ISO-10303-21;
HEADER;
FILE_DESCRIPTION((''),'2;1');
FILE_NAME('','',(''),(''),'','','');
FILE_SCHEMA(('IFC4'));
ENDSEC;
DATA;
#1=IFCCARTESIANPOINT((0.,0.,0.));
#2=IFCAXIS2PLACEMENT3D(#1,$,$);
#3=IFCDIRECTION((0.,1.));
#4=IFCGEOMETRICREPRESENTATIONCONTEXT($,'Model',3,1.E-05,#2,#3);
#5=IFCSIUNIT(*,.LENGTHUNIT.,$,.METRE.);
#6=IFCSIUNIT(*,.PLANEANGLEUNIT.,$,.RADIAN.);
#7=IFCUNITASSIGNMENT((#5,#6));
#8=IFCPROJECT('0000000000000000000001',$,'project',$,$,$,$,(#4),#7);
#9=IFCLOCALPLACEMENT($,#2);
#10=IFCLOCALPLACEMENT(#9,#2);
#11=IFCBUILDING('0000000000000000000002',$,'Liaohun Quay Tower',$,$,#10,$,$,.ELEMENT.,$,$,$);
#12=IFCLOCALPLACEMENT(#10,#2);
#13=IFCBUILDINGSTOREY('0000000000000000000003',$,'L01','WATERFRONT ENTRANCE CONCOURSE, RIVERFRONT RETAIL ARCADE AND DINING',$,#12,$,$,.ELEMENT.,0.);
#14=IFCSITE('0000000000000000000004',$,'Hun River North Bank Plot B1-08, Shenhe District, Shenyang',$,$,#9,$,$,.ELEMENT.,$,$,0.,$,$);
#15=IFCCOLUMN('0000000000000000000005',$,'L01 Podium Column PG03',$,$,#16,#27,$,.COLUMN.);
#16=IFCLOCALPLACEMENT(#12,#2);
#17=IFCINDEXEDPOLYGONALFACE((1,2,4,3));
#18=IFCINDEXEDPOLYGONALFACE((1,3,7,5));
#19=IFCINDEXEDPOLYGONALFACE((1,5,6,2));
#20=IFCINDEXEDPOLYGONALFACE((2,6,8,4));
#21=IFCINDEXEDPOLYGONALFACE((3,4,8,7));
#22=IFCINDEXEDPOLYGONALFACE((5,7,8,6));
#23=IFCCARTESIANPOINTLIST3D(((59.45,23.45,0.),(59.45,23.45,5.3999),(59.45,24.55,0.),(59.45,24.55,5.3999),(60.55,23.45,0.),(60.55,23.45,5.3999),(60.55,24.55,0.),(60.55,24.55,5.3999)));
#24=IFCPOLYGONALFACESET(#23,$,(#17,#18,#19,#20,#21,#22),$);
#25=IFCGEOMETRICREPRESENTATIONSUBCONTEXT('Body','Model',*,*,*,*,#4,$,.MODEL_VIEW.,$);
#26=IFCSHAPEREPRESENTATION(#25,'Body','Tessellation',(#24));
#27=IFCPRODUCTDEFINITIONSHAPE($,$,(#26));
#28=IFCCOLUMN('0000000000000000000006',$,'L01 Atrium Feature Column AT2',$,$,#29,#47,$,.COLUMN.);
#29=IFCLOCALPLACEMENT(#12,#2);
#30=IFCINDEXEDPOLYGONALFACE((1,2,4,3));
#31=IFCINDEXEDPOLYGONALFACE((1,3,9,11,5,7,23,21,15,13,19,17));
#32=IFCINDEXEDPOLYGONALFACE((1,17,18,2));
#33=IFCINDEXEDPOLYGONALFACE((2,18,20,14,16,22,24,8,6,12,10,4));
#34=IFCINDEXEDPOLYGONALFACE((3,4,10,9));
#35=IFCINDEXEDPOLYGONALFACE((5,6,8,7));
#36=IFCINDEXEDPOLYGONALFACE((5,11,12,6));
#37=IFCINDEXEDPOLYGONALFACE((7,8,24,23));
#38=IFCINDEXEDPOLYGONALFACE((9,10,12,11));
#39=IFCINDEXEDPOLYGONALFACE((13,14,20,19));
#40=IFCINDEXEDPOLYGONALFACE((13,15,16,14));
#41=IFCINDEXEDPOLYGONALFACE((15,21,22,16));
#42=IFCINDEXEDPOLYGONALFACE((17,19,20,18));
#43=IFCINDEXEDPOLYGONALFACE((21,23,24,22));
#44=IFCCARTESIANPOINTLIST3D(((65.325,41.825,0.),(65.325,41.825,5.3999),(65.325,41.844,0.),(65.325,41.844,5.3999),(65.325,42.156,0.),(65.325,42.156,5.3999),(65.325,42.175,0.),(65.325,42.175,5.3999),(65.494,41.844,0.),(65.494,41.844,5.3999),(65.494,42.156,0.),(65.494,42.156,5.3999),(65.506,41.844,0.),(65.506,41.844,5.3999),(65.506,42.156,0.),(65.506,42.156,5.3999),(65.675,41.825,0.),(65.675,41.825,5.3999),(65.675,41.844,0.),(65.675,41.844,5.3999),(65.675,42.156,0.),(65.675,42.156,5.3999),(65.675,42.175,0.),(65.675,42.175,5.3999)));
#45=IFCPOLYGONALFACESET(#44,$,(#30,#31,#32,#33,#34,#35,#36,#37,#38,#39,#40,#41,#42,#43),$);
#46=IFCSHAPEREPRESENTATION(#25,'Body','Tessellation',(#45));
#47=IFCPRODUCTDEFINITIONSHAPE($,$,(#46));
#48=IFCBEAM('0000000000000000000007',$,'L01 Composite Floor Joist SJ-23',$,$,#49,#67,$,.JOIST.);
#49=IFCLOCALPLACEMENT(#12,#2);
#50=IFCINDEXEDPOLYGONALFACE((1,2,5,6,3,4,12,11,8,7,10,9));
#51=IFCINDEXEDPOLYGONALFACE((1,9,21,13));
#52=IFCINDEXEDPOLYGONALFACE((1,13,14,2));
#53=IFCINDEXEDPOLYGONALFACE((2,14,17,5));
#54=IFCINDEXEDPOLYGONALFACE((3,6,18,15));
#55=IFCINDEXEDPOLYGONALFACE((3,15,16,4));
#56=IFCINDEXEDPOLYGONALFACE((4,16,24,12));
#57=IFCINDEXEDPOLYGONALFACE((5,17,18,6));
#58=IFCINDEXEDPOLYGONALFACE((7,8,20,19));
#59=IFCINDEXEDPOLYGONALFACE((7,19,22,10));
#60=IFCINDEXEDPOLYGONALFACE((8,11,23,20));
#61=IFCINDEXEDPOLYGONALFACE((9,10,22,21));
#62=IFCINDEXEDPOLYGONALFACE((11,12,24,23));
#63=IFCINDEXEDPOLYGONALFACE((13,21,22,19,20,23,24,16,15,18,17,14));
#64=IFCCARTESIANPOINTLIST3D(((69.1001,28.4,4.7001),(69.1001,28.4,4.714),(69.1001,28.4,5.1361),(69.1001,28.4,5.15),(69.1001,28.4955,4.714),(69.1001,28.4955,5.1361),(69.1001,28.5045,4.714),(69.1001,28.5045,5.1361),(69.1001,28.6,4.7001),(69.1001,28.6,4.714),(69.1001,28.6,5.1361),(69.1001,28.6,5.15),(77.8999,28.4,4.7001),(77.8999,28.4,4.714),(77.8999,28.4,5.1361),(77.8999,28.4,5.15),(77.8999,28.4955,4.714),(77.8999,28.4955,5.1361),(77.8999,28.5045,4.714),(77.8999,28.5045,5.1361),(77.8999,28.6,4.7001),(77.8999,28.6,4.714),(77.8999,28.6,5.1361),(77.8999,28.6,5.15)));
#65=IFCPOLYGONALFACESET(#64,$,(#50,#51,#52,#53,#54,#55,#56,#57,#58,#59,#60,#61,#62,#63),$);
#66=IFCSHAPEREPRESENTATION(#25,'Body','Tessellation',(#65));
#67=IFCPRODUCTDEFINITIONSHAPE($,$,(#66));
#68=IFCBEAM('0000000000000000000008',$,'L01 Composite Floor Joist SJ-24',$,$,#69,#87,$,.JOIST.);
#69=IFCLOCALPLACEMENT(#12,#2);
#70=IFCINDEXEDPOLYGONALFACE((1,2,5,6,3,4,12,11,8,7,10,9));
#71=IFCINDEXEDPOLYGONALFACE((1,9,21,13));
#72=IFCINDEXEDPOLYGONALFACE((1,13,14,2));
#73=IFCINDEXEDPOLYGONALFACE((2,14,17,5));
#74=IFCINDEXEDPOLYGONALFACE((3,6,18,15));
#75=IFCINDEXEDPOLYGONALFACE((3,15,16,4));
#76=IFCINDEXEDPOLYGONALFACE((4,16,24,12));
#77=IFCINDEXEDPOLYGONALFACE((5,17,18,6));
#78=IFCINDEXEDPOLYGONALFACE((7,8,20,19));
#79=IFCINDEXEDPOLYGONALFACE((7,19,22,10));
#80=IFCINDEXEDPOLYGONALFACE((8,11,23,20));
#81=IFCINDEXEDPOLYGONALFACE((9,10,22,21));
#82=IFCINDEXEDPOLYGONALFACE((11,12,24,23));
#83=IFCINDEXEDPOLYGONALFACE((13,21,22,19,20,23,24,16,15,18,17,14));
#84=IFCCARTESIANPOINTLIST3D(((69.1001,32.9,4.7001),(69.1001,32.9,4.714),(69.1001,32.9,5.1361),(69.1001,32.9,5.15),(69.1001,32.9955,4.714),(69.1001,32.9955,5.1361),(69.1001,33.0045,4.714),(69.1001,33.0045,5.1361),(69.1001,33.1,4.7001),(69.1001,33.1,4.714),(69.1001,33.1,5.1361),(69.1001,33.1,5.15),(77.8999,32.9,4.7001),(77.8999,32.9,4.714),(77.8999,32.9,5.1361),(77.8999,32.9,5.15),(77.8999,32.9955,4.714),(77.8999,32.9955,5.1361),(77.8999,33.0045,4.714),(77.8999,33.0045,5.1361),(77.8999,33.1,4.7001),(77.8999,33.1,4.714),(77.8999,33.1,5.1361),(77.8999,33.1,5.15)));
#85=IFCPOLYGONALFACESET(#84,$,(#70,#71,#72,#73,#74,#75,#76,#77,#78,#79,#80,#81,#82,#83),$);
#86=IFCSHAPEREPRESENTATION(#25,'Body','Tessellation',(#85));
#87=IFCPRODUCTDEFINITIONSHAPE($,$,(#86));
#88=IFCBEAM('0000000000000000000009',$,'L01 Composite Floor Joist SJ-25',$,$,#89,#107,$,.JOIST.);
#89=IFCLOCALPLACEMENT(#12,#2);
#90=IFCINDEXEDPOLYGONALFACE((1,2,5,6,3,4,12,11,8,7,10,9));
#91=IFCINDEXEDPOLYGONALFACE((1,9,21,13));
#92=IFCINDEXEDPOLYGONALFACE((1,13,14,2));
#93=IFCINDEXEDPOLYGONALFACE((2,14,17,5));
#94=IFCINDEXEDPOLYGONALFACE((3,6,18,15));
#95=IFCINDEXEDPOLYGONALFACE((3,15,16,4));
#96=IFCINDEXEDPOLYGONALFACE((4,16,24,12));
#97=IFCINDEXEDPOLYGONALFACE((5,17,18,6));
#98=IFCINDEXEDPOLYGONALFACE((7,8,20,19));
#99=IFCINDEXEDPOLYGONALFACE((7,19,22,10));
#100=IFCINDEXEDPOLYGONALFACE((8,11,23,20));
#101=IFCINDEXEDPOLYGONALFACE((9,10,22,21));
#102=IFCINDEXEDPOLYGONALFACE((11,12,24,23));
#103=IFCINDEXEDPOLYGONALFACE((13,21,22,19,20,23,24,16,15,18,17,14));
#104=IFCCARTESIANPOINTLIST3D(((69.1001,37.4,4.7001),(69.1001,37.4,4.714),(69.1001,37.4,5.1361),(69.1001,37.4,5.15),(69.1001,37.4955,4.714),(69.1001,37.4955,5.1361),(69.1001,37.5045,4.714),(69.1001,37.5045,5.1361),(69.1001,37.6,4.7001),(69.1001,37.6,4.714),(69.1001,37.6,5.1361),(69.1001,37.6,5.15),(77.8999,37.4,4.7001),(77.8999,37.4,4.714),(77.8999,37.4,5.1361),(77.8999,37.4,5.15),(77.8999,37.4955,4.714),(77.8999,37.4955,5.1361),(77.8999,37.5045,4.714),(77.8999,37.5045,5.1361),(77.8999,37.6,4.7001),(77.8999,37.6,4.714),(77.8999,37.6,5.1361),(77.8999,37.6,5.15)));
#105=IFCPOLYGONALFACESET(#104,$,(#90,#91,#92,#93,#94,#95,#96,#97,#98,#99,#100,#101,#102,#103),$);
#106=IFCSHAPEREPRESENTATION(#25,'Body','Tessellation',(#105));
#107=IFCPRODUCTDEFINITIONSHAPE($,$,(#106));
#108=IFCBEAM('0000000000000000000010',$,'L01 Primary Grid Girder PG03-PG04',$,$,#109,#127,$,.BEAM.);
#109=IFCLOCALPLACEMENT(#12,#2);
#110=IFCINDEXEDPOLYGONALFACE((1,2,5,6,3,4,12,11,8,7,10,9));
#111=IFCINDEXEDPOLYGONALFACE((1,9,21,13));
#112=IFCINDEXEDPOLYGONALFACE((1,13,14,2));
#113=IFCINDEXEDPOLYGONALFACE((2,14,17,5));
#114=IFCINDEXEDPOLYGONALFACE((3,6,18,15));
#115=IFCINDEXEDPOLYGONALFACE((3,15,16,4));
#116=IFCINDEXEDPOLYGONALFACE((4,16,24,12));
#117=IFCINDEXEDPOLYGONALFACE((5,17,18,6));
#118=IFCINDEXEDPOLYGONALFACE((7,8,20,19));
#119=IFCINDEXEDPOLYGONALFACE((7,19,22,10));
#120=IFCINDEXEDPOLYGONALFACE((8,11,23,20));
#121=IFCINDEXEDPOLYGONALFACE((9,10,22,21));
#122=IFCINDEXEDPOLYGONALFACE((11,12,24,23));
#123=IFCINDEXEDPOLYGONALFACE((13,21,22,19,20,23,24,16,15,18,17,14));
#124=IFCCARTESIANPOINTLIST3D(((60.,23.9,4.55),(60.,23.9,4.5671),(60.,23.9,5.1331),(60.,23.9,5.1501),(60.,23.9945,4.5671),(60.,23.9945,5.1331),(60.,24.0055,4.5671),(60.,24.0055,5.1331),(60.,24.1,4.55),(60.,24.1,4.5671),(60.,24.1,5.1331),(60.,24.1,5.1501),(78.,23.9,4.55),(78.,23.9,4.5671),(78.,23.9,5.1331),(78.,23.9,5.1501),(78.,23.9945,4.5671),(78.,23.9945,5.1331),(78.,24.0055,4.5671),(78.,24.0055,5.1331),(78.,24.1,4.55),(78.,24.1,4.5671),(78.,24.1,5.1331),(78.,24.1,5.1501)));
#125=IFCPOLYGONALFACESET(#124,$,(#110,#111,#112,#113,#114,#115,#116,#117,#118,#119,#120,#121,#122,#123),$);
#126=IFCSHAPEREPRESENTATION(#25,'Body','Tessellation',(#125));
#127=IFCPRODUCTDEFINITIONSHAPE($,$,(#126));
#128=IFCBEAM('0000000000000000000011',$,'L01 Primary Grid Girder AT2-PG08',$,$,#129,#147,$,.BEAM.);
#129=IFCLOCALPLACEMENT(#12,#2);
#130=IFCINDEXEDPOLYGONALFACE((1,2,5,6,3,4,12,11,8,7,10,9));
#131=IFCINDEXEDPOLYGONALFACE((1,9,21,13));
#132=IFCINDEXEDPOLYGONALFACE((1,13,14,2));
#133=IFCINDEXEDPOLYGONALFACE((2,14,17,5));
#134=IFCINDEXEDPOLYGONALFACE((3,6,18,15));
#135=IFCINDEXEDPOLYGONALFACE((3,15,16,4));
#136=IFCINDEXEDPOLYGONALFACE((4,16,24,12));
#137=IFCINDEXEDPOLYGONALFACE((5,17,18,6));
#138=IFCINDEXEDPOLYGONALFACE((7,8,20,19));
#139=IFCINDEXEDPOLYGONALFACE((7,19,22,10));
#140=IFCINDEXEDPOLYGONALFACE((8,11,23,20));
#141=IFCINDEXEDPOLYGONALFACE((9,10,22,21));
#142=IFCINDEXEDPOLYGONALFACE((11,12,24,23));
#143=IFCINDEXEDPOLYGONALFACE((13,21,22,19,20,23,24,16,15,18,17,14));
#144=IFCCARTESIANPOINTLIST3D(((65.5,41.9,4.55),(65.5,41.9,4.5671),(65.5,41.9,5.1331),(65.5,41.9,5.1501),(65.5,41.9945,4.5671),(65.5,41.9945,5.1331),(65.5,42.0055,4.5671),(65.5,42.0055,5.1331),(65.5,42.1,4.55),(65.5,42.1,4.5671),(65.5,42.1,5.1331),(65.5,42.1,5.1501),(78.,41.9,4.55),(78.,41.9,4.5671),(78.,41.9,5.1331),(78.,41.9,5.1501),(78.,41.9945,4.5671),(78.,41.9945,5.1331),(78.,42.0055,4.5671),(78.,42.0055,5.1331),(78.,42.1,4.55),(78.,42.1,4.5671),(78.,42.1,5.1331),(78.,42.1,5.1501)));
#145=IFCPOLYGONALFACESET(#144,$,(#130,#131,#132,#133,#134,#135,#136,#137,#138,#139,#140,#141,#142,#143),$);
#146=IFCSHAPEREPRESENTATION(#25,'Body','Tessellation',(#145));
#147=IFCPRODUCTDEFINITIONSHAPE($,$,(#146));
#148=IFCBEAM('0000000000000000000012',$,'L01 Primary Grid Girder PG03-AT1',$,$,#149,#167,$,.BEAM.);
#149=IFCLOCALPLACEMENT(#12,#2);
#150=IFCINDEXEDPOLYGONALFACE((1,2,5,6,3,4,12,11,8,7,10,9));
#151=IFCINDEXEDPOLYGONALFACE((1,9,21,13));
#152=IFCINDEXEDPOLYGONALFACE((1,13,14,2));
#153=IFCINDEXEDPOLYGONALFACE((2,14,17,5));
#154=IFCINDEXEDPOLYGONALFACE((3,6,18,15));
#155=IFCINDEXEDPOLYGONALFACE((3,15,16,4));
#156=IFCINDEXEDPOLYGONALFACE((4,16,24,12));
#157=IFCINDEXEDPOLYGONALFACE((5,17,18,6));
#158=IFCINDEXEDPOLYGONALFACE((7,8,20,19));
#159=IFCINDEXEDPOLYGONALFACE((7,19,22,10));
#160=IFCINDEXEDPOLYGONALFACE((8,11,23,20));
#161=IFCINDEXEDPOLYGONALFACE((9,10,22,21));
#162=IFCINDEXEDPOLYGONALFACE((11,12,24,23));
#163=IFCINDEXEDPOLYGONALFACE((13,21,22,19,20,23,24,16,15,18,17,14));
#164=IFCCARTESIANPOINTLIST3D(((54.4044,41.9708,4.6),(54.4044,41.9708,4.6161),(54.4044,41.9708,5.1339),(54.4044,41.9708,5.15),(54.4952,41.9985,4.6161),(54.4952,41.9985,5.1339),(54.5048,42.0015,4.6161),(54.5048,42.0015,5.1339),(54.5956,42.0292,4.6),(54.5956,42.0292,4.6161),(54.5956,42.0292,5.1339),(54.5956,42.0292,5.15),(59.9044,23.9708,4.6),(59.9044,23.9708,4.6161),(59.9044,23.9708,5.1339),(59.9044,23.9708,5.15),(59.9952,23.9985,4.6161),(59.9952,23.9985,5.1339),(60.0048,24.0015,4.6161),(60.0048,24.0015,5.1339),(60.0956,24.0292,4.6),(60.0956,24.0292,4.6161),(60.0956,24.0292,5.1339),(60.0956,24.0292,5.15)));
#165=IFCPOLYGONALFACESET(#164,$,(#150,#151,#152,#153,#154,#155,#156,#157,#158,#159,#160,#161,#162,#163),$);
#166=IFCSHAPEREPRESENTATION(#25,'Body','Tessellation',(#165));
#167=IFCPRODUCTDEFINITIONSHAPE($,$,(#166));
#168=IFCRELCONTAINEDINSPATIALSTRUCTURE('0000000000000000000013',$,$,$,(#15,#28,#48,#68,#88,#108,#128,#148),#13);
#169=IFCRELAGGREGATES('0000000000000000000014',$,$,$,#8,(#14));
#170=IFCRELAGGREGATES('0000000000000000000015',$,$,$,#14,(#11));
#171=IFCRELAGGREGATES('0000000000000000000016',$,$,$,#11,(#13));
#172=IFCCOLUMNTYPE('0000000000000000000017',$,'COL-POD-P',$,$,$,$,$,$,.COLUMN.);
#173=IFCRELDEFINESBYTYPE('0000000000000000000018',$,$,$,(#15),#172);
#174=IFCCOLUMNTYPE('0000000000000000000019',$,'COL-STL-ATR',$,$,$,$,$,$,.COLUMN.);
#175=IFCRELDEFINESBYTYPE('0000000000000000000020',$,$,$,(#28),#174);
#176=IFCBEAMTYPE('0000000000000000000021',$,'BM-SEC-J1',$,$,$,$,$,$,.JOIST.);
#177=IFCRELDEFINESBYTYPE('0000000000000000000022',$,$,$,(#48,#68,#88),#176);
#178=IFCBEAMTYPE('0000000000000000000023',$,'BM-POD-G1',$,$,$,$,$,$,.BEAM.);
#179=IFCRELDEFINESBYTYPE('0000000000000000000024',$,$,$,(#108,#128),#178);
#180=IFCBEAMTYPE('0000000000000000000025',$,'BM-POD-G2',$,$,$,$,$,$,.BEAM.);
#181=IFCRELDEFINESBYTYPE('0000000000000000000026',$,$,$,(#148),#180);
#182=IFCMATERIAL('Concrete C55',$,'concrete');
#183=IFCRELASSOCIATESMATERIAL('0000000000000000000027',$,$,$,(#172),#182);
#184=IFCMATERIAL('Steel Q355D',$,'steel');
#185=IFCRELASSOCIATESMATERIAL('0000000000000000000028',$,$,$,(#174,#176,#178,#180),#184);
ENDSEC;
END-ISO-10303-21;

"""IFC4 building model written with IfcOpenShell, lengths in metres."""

from ifc_helpers import new_model, si_unit, direction, frame, origin, origin_2d, place, context, subcontext, project, spatial, rectangle, i_section, extrude, source, transform, mapped, material, material_profile, profile_set, type_object, element, save


model = new_model("IFC4")

# Units and contexts
model_context = context("Model", 3, precision=1e-05, world=origin(), true_north=direction((0.0, 1.0)))
body_context = subcontext(model_context, "Body", "Model", "MODEL_VIEW")
ifc_project = project(units=[si_unit("LENGTHUNIT", "METRE"), si_unit("PLANEANGLEUNIT", "RADIAN")], contexts=[model_context])

# Site, building, storey
site_placement = place(None, origin())
site = spatial("IfcSite", under=ifc_project, at=site_placement, Name="Hun River North Bank Plot B1-08, Shenhe District, Shenyang", CompositionType="ELEMENT", RefElevation=0.0)
building_placement = place(site_placement, origin())
building = spatial("IfcBuilding", under=site, at=building_placement, Name="Liaohun Quay Tower", CompositionType="ELEMENT")
storey_placement = place(building_placement, origin())
storey = spatial("IfcBuildingStorey", under=building, at=storey_placement, Name="L01", Description="WATERFRONT ENTRANCE CONCOURSE, RIVERFRONT RETAIL ARCADE AND DINING", CompositionType="ELEMENT", Elevation=0.0)

# Columns
ifc_material_1 = material(Name="Concrete C55", Category="concrete")
ifc_material_profile_1 = material_profile(ifc_material_1, rectangle(XDim=1.1001, YDim=1.1001, at=origin_2d()), Name="RC1100x1100")
ifc_profile_set_1 = profile_set([ifc_material_profile_1], Name="Concrete C55")
column_type_1 = type_object("IfcColumnType", Name="COL-POD-P", PredefinedType="COLUMN", material=ifc_profile_set_1)
shared_shape_1 = source(origin(), body_context, "Body", "SweptSolid", [
    extrude(rectangle(XDim=1.1001, YDim=1.1001, at=origin_2d()), origin(), (0.0, 0.0, 1.0), 5.3999),
])
column_1_placement = place(storey_placement, frame((60.0, 24.0, 0.0), z_axis=(0.0, 0.0, 1.0), x_axis=(1.0, 0.0, 0.0)))
element("IfcColumn", 1, at=column_1_placement, inside=storey, type_object=column_type_1, Name="L01 Podium Column PG03", PredefinedType="COLUMN", context=body_context, shape_type="MappedRepresentation", body=[
    mapped(shared_shape_1, transform((0.0, 0.0, 0.0), x_axis=(1.0, 0.0, 0.0), y_axis=(0.0, 1.0, 0.0), z_axis=(0.0, 0.0, 1.0), scale=1.0)),
])
ifc_material_2 = material(Name="Steel Q355D", Category="steel")
ifc_material_profile_2 = material_profile(ifc_material_2, i_section(OverallWidth=0.3501, OverallDepth=0.3501, WebThickness=0.012, FlangeThickness=0.019, at=origin_2d()), Name="HW350x350x12x19")
ifc_profile_set_2 = profile_set([ifc_material_profile_2], Name="Steel Q355D")
column_type_2 = type_object("IfcColumnType", Name="COL-STL-ATR", PredefinedType="COLUMN", material=ifc_profile_set_2)
shared_shape_2 = source(origin(), body_context, "Body", "SweptSolid", [
    extrude(i_section(OverallWidth=0.3501, OverallDepth=0.3501, WebThickness=0.012, FlangeThickness=0.019, at=origin_2d()), origin(), (0.0, 0.0, 1.0), 5.3999),
])
column_2_placement = place(storey_placement, frame((65.5, 42.0, 0.0), z_axis=(0.0, 0.0, 1.0), x_axis=(1.0, 0.0, 0.0)))
element("IfcColumn", 2, at=column_2_placement, inside=storey, type_object=column_type_2, Name="L01 Atrium Feature Column AT2", PredefinedType="COLUMN", context=body_context, shape_type="MappedRepresentation", body=[
    mapped(shared_shape_2, transform((0.0, 0.0, 0.0), x_axis=(1.0, 0.0, 0.0), y_axis=(0.0, 1.0, 0.0), z_axis=(0.0, 0.0, 1.0), scale=1.0)),
])

# Beams
ifc_material_profile_3 = material_profile(ifc_material_2, i_section(OverallWidth=0.2, OverallDepth=0.45, WebThickness=0.009, FlangeThickness=0.0139, at=origin_2d()), Name="HN450x200x9x14")
ifc_profile_set_3 = profile_set([ifc_material_profile_3], Name="Steel Q355D")
beam_type_1 = type_object("IfcBeamType", Name="BM-SEC-J1", PredefinedType="JOIST", material=ifc_profile_set_3)
shared_shape_3 = source(origin(), body_context, "Body", "SweptSolid", [
    extrude(i_section(OverallWidth=0.2, OverallDepth=0.45, WebThickness=0.009, FlangeThickness=0.0139, at=origin_2d()), origin(), (0.0, 0.0, 1.0), 8.7998),
])
for number, where, z_axis, x_axis, name in (
    (3, (69.1001, 28.5, 4.925), (1.0, 0.0, 0.0), (0.0, 1.0, 0.0), "L01 Composite Floor Joist SJ-23"),
    (4, (69.1001, 33.0, 4.925), (1.0, 0.0, 0.0), (0.0, 1.0, 0.0), "L01 Composite Floor Joist SJ-24"),
    (5, (69.1001, 37.5, 4.925), (1.0, 0.0, 0.0), (0.0, 1.0, 0.0), "L01 Composite Floor Joist SJ-25"),
):
    element("IfcBeam", number, at=place(storey_placement, frame(where, z_axis=z_axis, x_axis=x_axis)), inside=storey, type_object=beam_type_1, Name=name, PredefinedType="JOIST", context=body_context, shape_type="MappedRepresentation", body=[
        mapped(shared_shape_3, transform((0.0, 0.0, 0.0), x_axis=(1.0, 0.0, 0.0), y_axis=(0.0, 1.0, 0.0), z_axis=(0.0, 0.0, 1.0), scale=1.0)),
    ])
ifc_material_profile_4 = material_profile(ifc_material_2, i_section(OverallWidth=0.2, OverallDepth=0.6001, WebThickness=0.011, FlangeThickness=0.0171, at=origin_2d()), Name="HN600x200x11x17")
ifc_profile_set_4 = profile_set([ifc_material_profile_4], Name="Steel Q355D")
beam_type_2 = type_object("IfcBeamType", Name="BM-POD-G1", PredefinedType="BEAM", material=ifc_profile_set_4)
shared_shape_4 = source(origin(), body_context, "Body", "SweptSolid", [
    extrude(i_section(OverallWidth=0.2, OverallDepth=0.6001, WebThickness=0.011, FlangeThickness=0.0171, at=origin_2d()), origin(), (0.0, 0.0, 1.0), 18.0),
])
beam_1_placement = place(storey_placement, frame((60.0, 24.0, 4.8501), z_axis=(1.0, 0.0, 0.0), x_axis=(0.0, 1.0, 0.0)))
element("IfcBeam", 6, at=beam_1_placement, inside=storey, type_object=beam_type_2, Name="L01 Primary Grid Girder PG03-PG04", PredefinedType="BEAM", context=body_context, shape_type="MappedRepresentation", body=[
    mapped(shared_shape_4, transform((0.0, 0.0, 0.0), x_axis=(1.0, 0.0, 0.0), y_axis=(0.0, 1.0, 0.0), z_axis=(0.0, 0.0, 1.0), scale=1.0)),
])
shared_shape_5 = source(origin(), body_context, "Body", "SweptSolid", [
    extrude(i_section(OverallWidth=0.2, OverallDepth=0.6001, WebThickness=0.011, FlangeThickness=0.0171, at=origin_2d()), origin(), (0.0, 0.0, 1.0), 12.5),
])
beam_2_placement = place(storey_placement, frame((65.5, 42.0, 4.8501), z_axis=(1.0, 0.0, 0.0), x_axis=(0.0, 1.0, 0.0)))
element("IfcBeam", 7, at=beam_2_placement, inside=storey, type_object=beam_type_2, Name="L01 Primary Grid Girder AT2-PG08", PredefinedType="BEAM", context=body_context, shape_type="MappedRepresentation", body=[
    mapped(shared_shape_5, transform((0.0, 0.0, 0.0), x_axis=(1.0, 0.0, 0.0), y_axis=(0.0, 1.0, 0.0), z_axis=(0.0, 0.0, 1.0), scale=1.0)),
])
ifc_material_profile_5 = material_profile(ifc_material_2, i_section(OverallWidth=0.2, OverallDepth=0.55, WebThickness=0.01, FlangeThickness=0.0161, at=origin_2d()), Name="HN550x200x10x16")
ifc_profile_set_5 = profile_set([ifc_material_profile_5], Name="Steel Q355D")
beam_type_3 = type_object("IfcBeamType", Name="BM-POD-G2", PredefinedType="BEAM", material=ifc_profile_set_5)
shared_shape_6 = source(origin(), body_context, "Body", "SweptSolid", [
    extrude(i_section(OverallWidth=0.2, OverallDepth=0.55, WebThickness=0.01, FlangeThickness=0.0161, at=origin_2d()), origin(), (0.0, 0.0, 1.0), 18.8215),
])
for number, where, z_axis, x_axis, name in (
    (8, (60.0, 24.0, 4.875), (-0.292219, 0.956352, 0.0), (-0.956352, -0.292219, 0.0), "L01 Primary Grid Girder PG03-AT1"),
):
    element("IfcBeam", number, at=place(storey_placement, frame(where, z_axis=z_axis, x_axis=x_axis)), inside=storey, type_object=beam_type_3, Name=name, PredefinedType="BEAM", context=body_context, shape_type="MappedRepresentation", body=[
        mapped(shared_shape_6, transform((0.0, 0.0, 0.0), x_axis=(1.0, 0.0, 0.0), y_axis=(0.0, 1.0, 0.0), z_axis=(0.0, 0.0, 1.0), scale=1.0)),
    ])

save(model, "model.ifc")
